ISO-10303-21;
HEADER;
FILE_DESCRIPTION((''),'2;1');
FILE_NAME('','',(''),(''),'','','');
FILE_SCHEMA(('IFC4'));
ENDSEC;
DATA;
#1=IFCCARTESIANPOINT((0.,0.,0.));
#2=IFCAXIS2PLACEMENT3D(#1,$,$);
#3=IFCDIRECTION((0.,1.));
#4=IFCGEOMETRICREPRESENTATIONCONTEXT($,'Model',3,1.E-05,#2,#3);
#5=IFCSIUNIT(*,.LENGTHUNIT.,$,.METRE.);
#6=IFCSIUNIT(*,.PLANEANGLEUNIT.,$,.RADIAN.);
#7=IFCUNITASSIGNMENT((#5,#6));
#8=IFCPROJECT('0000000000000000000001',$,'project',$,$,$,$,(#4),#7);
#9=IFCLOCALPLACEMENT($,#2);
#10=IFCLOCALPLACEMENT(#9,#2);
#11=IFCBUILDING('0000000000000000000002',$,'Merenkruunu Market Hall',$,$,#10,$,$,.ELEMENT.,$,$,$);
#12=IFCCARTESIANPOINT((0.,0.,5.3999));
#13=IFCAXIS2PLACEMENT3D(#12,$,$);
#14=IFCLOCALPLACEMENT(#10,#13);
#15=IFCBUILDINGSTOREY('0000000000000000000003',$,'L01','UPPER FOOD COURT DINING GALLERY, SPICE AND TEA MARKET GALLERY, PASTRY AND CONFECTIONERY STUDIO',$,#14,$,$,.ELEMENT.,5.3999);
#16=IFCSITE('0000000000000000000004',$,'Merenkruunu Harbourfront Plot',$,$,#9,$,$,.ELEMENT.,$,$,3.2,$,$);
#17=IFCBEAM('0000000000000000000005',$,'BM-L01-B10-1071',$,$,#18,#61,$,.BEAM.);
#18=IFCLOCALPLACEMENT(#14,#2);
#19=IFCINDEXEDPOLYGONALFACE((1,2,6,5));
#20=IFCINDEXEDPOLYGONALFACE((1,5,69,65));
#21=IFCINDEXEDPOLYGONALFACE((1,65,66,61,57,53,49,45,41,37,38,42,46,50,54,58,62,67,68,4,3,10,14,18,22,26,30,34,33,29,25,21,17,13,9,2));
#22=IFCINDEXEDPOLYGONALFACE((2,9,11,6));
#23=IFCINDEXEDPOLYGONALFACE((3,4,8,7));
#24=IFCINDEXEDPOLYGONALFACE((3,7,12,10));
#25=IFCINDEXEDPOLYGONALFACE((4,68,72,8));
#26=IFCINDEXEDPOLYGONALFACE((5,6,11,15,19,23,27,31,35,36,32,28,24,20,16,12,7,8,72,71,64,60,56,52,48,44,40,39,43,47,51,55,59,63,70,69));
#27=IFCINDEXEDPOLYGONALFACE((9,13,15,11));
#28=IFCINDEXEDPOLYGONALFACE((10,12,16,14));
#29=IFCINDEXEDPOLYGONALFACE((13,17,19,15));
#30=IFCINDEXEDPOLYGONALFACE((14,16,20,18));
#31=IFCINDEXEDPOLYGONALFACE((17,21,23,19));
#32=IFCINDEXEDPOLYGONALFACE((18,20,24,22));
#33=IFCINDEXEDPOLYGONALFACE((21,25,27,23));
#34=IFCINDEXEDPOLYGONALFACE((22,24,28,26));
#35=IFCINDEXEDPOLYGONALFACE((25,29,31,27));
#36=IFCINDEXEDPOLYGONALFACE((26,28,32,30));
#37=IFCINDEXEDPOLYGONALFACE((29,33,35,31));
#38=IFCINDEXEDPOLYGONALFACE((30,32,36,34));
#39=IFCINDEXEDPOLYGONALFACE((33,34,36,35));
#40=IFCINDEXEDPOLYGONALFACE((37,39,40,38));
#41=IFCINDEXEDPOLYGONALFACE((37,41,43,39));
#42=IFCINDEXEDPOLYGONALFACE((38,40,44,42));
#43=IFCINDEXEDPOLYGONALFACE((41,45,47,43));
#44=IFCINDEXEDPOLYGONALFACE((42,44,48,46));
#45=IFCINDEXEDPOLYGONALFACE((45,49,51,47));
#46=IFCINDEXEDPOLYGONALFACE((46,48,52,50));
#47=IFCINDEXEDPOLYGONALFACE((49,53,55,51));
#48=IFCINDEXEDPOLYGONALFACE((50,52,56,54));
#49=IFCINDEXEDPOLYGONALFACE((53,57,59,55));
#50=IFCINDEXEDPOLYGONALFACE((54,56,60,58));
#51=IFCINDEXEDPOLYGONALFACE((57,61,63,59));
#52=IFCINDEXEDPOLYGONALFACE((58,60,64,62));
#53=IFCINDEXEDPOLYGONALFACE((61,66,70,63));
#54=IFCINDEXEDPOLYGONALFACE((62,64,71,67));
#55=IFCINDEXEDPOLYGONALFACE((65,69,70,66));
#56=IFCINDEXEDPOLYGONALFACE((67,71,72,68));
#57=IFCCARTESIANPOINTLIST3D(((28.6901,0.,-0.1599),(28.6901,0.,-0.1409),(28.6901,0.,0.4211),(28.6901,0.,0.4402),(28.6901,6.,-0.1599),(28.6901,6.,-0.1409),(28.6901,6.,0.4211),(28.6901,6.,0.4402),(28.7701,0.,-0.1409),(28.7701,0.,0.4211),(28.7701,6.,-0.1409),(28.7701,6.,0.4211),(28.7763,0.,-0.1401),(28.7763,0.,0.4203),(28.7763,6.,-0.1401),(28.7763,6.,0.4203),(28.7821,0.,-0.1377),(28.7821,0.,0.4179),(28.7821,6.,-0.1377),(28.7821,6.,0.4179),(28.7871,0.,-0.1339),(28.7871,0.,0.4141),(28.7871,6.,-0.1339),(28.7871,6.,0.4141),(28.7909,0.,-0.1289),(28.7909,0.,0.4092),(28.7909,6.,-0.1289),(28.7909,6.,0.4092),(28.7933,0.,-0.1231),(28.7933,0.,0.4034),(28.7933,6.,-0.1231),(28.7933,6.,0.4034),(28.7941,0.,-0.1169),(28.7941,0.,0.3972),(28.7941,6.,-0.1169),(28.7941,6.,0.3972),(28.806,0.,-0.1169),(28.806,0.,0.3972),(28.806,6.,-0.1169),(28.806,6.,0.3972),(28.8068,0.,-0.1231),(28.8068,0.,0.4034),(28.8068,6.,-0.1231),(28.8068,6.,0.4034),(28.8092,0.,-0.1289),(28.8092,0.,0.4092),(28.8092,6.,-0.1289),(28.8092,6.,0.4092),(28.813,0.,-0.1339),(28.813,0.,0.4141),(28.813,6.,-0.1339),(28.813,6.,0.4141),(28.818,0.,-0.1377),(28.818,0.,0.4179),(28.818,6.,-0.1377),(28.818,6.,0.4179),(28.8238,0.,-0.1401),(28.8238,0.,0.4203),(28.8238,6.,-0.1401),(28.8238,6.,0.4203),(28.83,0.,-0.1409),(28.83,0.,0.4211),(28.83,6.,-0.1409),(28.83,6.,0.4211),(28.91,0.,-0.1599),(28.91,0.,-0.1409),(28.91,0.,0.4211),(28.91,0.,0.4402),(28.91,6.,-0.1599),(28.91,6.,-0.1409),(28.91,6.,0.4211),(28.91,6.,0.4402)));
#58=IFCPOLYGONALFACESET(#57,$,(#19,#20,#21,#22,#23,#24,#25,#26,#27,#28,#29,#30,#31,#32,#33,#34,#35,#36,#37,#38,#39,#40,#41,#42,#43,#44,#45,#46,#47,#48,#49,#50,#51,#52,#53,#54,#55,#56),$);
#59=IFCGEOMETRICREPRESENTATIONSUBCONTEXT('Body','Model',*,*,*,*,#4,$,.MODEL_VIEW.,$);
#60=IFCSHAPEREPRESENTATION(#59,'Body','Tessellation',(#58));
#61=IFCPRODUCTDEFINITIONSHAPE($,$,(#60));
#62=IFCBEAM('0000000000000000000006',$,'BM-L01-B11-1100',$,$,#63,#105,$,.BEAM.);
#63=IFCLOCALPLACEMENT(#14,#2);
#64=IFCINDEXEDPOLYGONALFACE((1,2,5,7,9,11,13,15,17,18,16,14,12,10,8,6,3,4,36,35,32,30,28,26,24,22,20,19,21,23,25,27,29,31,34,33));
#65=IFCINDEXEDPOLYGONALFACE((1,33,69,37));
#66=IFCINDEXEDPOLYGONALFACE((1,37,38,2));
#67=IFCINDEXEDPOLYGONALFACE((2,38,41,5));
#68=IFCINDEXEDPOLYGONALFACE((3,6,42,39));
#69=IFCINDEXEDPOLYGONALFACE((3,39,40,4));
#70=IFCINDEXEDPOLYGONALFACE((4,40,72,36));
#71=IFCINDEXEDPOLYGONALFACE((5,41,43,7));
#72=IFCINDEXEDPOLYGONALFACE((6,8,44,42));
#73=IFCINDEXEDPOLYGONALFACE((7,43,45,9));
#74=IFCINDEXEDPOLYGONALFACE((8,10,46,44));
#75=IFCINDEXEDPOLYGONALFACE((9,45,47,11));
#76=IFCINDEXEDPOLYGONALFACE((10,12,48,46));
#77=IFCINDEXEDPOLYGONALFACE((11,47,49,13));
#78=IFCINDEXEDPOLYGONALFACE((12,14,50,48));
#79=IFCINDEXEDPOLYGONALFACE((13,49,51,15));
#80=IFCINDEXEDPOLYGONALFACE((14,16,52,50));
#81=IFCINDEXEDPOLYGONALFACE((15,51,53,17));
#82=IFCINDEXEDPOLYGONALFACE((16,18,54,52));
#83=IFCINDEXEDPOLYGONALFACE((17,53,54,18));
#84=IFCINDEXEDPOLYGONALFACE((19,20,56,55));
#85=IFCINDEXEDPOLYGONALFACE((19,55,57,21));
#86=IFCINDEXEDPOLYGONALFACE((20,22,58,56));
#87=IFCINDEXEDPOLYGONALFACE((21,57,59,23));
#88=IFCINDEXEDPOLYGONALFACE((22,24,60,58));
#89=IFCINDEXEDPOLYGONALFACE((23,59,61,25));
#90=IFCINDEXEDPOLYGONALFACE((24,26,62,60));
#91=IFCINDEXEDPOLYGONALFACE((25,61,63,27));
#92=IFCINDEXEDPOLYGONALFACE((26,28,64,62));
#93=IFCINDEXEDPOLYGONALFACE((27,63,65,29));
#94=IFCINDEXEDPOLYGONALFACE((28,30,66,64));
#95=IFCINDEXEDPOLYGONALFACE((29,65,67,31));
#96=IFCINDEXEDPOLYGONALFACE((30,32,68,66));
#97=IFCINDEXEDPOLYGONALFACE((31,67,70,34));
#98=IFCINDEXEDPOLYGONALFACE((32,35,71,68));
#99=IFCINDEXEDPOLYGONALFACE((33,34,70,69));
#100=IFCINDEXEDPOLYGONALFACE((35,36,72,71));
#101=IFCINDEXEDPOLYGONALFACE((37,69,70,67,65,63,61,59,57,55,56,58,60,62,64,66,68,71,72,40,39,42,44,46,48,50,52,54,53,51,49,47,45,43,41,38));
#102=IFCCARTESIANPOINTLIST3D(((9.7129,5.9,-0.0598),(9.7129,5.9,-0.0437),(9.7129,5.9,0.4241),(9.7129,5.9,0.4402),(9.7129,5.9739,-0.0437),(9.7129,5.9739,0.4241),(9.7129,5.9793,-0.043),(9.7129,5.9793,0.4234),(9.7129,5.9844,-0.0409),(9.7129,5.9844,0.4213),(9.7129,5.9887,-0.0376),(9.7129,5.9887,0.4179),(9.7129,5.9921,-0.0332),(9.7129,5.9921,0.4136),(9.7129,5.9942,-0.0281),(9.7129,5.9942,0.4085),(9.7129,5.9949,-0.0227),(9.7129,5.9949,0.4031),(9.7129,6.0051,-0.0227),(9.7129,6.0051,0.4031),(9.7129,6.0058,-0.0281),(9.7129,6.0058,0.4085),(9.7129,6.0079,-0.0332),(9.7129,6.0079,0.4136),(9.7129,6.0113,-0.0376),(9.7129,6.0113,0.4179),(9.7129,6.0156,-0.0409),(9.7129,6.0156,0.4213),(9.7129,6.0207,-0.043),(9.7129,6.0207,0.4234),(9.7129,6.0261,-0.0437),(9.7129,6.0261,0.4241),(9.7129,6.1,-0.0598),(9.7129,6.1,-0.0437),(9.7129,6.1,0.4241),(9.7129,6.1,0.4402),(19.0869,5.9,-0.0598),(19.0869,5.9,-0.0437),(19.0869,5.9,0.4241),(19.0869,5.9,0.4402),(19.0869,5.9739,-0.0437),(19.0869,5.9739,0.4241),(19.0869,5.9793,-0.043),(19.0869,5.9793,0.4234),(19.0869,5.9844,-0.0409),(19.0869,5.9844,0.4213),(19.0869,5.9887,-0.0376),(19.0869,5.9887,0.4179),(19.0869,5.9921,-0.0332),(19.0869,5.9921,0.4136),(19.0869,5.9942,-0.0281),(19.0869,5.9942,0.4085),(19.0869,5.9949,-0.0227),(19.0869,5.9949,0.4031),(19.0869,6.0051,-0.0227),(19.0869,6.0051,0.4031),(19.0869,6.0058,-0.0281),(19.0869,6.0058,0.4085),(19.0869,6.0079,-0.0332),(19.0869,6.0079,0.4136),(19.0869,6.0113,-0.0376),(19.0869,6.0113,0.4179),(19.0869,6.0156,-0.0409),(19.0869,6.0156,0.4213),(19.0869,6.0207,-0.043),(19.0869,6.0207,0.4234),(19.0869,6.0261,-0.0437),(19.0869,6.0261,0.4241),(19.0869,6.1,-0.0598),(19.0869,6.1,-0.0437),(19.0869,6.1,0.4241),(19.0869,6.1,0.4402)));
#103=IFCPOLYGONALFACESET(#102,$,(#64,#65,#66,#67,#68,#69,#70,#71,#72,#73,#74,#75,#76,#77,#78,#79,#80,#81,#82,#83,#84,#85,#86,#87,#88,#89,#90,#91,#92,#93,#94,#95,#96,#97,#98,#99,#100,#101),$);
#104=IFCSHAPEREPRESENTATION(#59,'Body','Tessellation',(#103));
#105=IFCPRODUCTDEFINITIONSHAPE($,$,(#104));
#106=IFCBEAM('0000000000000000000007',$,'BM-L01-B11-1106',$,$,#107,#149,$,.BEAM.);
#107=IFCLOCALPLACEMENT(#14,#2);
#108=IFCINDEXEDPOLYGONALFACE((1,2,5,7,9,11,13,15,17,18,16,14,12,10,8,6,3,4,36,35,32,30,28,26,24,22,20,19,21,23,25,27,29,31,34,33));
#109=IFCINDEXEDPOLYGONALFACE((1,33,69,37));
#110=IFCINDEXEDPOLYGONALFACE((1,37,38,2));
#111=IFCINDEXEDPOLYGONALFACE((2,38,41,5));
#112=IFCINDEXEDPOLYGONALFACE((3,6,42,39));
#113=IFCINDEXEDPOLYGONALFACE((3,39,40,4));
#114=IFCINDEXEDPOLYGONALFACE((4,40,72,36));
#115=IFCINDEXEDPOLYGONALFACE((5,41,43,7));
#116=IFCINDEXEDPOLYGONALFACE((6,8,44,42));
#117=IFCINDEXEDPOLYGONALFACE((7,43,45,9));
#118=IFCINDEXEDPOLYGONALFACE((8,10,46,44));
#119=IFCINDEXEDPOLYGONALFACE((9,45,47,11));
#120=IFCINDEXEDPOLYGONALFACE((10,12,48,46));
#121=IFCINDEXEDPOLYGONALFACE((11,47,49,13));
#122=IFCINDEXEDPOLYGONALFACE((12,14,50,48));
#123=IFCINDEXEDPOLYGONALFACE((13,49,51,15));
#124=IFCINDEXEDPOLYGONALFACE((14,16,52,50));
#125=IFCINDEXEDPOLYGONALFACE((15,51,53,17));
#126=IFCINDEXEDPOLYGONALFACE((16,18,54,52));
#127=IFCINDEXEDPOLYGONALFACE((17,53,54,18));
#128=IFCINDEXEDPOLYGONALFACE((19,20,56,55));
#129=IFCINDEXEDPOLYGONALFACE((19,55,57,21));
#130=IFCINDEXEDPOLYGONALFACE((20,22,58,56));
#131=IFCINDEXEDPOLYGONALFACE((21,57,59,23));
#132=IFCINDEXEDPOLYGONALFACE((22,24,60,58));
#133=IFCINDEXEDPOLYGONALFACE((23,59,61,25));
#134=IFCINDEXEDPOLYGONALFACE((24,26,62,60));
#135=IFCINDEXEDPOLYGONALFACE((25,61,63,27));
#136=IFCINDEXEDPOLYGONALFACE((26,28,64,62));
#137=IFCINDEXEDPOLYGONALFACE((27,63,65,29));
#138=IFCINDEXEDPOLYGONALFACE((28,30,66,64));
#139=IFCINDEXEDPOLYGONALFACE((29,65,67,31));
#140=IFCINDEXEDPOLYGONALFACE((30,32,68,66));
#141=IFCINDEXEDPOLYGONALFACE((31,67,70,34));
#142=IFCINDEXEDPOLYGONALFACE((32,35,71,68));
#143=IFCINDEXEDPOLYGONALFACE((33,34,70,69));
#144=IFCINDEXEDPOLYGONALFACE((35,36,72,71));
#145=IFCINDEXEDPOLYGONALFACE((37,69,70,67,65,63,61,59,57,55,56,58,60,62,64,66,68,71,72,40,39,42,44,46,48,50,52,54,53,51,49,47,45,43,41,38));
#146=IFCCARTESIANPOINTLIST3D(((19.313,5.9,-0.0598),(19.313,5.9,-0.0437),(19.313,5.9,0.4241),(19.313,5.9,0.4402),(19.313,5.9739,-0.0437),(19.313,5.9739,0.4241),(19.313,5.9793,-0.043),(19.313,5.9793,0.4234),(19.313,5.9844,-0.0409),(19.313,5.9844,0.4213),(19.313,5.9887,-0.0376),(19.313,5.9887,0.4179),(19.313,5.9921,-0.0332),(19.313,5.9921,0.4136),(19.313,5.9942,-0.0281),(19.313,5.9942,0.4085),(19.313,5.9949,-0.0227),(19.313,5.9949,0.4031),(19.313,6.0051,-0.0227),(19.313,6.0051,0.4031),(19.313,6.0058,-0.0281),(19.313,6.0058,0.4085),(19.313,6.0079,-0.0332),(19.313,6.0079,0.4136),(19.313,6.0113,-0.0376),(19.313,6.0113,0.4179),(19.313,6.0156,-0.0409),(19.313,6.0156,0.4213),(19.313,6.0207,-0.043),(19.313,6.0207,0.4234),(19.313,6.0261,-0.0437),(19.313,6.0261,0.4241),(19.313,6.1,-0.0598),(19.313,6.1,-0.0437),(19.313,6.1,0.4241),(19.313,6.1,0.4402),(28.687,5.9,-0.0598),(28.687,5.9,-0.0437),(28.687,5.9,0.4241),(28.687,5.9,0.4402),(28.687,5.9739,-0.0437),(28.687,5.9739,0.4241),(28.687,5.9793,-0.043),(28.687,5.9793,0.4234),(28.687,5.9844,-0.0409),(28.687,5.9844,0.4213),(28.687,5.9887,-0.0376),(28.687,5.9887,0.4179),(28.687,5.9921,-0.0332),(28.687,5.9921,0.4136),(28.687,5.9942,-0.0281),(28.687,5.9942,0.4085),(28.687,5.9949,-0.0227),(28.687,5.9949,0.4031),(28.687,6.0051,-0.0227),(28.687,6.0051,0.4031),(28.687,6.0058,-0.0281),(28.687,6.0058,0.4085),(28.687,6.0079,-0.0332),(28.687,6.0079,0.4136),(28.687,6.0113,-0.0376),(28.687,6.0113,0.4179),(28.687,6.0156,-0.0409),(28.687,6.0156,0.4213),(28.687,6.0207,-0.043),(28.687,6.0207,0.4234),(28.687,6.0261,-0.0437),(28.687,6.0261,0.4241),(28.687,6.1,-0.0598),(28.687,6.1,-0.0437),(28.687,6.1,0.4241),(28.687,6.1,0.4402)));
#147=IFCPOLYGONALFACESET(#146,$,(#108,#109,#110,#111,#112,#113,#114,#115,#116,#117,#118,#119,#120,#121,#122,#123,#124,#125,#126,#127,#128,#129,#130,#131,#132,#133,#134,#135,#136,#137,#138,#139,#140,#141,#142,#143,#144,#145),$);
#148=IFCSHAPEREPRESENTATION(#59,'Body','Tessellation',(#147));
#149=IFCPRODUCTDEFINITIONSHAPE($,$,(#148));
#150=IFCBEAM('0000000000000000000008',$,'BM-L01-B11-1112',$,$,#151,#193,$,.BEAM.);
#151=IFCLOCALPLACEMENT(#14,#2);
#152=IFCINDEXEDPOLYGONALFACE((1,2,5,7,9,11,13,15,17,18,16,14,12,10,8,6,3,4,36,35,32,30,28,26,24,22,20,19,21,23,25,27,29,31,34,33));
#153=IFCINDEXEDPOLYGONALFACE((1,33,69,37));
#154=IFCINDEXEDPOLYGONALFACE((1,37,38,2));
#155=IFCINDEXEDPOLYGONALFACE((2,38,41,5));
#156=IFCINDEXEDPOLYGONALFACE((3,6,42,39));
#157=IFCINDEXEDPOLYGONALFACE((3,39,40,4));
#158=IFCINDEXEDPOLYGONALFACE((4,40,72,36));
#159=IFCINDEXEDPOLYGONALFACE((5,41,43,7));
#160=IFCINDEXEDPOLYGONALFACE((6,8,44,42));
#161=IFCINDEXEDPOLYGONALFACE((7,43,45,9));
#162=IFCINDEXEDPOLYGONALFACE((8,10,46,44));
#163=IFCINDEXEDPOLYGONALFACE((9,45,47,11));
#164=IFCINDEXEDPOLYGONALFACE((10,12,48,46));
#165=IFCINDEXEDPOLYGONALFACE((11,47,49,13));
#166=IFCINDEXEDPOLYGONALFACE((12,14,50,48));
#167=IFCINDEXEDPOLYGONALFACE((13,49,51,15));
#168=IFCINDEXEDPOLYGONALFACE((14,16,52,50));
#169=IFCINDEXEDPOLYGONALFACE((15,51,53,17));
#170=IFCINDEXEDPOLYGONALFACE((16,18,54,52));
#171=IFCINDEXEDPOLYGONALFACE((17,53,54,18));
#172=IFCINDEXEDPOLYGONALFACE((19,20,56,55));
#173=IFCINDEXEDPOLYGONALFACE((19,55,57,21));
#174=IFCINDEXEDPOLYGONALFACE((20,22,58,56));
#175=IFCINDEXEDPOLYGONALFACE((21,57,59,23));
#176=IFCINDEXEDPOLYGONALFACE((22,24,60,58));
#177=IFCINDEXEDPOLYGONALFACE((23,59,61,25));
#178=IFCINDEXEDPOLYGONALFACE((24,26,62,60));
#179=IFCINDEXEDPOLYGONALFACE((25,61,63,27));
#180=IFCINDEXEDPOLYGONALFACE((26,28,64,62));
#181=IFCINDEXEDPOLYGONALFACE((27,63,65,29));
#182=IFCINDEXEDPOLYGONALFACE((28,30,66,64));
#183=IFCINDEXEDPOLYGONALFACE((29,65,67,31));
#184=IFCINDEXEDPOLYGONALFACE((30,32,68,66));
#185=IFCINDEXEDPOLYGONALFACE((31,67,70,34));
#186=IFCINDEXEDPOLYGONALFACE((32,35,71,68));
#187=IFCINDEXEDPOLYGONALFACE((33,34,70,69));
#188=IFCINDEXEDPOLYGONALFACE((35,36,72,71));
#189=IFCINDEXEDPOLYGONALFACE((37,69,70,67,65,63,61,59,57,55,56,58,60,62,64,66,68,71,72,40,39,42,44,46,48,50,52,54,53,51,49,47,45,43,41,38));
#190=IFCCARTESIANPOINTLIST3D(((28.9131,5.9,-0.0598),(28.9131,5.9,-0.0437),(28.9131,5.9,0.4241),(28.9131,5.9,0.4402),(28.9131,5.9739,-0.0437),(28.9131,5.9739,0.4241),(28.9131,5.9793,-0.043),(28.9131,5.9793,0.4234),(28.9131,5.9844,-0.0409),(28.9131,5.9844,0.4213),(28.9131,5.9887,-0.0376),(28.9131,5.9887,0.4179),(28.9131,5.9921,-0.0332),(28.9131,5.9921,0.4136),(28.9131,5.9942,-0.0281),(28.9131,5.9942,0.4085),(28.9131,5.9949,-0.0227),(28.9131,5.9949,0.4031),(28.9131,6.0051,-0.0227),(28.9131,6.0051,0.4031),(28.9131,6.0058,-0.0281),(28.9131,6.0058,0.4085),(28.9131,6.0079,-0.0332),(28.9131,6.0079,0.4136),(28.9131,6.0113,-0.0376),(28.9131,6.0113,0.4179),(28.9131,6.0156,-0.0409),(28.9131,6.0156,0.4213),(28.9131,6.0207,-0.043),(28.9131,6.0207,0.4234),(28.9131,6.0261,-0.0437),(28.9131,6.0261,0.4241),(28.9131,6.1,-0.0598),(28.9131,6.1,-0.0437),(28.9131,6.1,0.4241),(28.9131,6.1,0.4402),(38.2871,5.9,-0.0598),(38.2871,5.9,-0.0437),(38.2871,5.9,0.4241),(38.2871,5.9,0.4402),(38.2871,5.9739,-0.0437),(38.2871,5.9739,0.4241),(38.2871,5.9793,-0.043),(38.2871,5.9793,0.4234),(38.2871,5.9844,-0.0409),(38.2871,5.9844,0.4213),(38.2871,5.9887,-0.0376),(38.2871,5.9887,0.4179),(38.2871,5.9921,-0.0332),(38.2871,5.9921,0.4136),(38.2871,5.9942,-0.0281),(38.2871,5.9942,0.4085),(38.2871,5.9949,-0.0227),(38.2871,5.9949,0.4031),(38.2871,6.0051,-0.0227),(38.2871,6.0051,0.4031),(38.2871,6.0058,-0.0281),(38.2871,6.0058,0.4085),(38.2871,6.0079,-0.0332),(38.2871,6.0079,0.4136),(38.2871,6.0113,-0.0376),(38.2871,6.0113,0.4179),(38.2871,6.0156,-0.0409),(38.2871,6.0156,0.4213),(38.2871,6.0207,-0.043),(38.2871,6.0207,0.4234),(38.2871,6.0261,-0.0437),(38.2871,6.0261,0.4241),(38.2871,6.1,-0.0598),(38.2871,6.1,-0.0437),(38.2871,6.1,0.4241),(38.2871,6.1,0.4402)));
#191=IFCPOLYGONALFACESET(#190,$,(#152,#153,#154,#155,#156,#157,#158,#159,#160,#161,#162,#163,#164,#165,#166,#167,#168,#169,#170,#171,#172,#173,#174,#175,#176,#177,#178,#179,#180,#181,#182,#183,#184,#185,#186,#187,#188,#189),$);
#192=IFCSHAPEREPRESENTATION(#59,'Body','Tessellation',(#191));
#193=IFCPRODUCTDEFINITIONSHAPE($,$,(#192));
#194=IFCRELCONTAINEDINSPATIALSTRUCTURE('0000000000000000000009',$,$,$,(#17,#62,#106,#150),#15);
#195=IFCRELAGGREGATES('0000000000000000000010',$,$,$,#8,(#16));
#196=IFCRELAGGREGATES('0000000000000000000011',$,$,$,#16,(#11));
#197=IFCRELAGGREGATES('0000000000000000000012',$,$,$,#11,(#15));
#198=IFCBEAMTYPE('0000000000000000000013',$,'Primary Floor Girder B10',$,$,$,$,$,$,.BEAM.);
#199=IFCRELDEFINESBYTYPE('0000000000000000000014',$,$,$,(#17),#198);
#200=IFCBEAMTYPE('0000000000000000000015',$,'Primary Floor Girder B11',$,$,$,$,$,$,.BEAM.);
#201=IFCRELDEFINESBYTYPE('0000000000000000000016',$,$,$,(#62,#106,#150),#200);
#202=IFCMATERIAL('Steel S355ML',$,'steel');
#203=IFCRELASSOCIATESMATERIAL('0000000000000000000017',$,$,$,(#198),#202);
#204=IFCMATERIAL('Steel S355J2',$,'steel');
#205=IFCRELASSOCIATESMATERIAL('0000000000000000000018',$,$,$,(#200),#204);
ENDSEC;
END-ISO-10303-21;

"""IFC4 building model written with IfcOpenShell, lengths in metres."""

from ifc_helpers import new_model, si_unit, direction, frame, origin, origin_2d, place, context, subcontext, project, spatial, i_section, extrude, material, material_profile, profile_set, type_object, element, save


model = new_model("IFC4")

# Units and contexts
model_context = context("Model", 3, precision=1e-05, world=origin(), true_north=direction((0.0, 1.0)))
body_context = subcontext(model_context, "Body", "Model", "MODEL_VIEW")
ifc_project = project(units=[si_unit("LENGTHUNIT", "METRE"), si_unit("PLANEANGLEUNIT", "RADIAN")], contexts=[model_context])

# Site, building, storey
site_placement = place(None, origin())
site = spatial("IfcSite", under=ifc_project, at=site_placement, Name="Merenkruunu Harbourfront Plot", CompositionType="ELEMENT", RefElevation=3.2)
building_placement = place(site_placement, origin())
building = spatial("IfcBuilding", under=site, at=building_placement, Name="Merenkruunu Market Hall", CompositionType="ELEMENT")
storey_placement = place(building_placement, frame((0.0, 0.0, 5.3999)))
storey = spatial("IfcBuildingStorey", under=building, at=storey_placement, Name="L01", Description="UPPER FOOD COURT DINING GALLERY, SPICE AND TEA MARKET GALLERY, PASTRY AND CONFECTIONERY STUDIO", CompositionType="ELEMENT", Elevation=5.3999)

# Beams
ifc_material_1 = material(Name="Steel S355ML", Category="steel")
ifc_material_profile_1 = material_profile(ifc_material_1, i_section(OverallWidth=0.22, OverallDepth=0.6001, WebThickness=0.012, FlangeThickness=0.019, FilletRadius=0.0239, at=origin_2d()), Name="IPE 600")
ifc_profile_set_1 = profile_set([ifc_material_profile_1], Name="Steel S355ML")
beam_type_1 = type_object("IfcBeamType", Name="Primary Floor Girder B10", PredefinedType="BEAM", material=ifc_profile_set_1)
for number, where, z_axis, x_axis, name in (
    (1, (28.8, 6.0, 0.1401), (0.0, -1.0, 0.0), (1.0, 0.0, 0.0), "BM-L01-B10-1071"),
):
    element("IfcBeam", number, at=place(storey_placement, frame(where, z_axis=z_axis, x_axis=x_axis)), inside=storey, type_object=beam_type_1, Name=name, PredefinedType="BEAM", context=body_context, shape_type="SweptSolid", body=[
        extrude(i_section(OverallWidth=0.22, OverallDepth=0.6001, WebThickness=0.012, FlangeThickness=0.019, FilletRadius=0.0239, at=origin_2d()), origin(), (0.0, 0.0, 1.0), 6.0),
    ])
ifc_material_2 = material(Name="Steel S355J2", Category="steel")
ifc_material_profile_2 = material_profile(ifc_material_2, i_section(OverallWidth=0.2, OverallDepth=0.5, WebThickness=0.0103, FlangeThickness=0.0161, FilletRadius=0.021, at=origin_2d()), Name="IPE 500")
ifc_profile_set_2 = profile_set([ifc_material_profile_2], Name="Steel S355J2")
beam_type_2 = type_object("IfcBeamType", Name="Primary Floor Girder B11", PredefinedType="BEAM", material=ifc_profile_set_2)
for number, where, z_axis, x_axis, name in (
    (2, (9.7129, 6.0, 0.1902), (1.0, 0.0, 0.0), (0.0, 1.0, 0.0), "BM-L01-B11-1100"),
    (3, (19.313, 6.0, 0.1902), (1.0, 0.0, 0.0), (0.0, 1.0, 0.0), "BM-L01-B11-1106"),
    (4, (28.9131, 6.0, 0.1902), (1.0, 0.0, 0.0), (0.0, 1.0, 0.0), "BM-L01-B11-1112"),
):
    element("IfcBeam", number, at=place(storey_placement, frame(where, z_axis=z_axis, x_axis=x_axis)), inside=storey, type_object=beam_type_2, Name=name, PredefinedType="BEAM", context=body_context, shape_type="SweptSolid", body=[
        extrude(i_section(OverallWidth=0.2, OverallDepth=0.5, WebThickness=0.0103, FlangeThickness=0.0161, FilletRadius=0.021, at=origin_2d()), origin(), (0.0, 0.0, 1.0), 9.374),
    ])

save(model, "model.ifc")
